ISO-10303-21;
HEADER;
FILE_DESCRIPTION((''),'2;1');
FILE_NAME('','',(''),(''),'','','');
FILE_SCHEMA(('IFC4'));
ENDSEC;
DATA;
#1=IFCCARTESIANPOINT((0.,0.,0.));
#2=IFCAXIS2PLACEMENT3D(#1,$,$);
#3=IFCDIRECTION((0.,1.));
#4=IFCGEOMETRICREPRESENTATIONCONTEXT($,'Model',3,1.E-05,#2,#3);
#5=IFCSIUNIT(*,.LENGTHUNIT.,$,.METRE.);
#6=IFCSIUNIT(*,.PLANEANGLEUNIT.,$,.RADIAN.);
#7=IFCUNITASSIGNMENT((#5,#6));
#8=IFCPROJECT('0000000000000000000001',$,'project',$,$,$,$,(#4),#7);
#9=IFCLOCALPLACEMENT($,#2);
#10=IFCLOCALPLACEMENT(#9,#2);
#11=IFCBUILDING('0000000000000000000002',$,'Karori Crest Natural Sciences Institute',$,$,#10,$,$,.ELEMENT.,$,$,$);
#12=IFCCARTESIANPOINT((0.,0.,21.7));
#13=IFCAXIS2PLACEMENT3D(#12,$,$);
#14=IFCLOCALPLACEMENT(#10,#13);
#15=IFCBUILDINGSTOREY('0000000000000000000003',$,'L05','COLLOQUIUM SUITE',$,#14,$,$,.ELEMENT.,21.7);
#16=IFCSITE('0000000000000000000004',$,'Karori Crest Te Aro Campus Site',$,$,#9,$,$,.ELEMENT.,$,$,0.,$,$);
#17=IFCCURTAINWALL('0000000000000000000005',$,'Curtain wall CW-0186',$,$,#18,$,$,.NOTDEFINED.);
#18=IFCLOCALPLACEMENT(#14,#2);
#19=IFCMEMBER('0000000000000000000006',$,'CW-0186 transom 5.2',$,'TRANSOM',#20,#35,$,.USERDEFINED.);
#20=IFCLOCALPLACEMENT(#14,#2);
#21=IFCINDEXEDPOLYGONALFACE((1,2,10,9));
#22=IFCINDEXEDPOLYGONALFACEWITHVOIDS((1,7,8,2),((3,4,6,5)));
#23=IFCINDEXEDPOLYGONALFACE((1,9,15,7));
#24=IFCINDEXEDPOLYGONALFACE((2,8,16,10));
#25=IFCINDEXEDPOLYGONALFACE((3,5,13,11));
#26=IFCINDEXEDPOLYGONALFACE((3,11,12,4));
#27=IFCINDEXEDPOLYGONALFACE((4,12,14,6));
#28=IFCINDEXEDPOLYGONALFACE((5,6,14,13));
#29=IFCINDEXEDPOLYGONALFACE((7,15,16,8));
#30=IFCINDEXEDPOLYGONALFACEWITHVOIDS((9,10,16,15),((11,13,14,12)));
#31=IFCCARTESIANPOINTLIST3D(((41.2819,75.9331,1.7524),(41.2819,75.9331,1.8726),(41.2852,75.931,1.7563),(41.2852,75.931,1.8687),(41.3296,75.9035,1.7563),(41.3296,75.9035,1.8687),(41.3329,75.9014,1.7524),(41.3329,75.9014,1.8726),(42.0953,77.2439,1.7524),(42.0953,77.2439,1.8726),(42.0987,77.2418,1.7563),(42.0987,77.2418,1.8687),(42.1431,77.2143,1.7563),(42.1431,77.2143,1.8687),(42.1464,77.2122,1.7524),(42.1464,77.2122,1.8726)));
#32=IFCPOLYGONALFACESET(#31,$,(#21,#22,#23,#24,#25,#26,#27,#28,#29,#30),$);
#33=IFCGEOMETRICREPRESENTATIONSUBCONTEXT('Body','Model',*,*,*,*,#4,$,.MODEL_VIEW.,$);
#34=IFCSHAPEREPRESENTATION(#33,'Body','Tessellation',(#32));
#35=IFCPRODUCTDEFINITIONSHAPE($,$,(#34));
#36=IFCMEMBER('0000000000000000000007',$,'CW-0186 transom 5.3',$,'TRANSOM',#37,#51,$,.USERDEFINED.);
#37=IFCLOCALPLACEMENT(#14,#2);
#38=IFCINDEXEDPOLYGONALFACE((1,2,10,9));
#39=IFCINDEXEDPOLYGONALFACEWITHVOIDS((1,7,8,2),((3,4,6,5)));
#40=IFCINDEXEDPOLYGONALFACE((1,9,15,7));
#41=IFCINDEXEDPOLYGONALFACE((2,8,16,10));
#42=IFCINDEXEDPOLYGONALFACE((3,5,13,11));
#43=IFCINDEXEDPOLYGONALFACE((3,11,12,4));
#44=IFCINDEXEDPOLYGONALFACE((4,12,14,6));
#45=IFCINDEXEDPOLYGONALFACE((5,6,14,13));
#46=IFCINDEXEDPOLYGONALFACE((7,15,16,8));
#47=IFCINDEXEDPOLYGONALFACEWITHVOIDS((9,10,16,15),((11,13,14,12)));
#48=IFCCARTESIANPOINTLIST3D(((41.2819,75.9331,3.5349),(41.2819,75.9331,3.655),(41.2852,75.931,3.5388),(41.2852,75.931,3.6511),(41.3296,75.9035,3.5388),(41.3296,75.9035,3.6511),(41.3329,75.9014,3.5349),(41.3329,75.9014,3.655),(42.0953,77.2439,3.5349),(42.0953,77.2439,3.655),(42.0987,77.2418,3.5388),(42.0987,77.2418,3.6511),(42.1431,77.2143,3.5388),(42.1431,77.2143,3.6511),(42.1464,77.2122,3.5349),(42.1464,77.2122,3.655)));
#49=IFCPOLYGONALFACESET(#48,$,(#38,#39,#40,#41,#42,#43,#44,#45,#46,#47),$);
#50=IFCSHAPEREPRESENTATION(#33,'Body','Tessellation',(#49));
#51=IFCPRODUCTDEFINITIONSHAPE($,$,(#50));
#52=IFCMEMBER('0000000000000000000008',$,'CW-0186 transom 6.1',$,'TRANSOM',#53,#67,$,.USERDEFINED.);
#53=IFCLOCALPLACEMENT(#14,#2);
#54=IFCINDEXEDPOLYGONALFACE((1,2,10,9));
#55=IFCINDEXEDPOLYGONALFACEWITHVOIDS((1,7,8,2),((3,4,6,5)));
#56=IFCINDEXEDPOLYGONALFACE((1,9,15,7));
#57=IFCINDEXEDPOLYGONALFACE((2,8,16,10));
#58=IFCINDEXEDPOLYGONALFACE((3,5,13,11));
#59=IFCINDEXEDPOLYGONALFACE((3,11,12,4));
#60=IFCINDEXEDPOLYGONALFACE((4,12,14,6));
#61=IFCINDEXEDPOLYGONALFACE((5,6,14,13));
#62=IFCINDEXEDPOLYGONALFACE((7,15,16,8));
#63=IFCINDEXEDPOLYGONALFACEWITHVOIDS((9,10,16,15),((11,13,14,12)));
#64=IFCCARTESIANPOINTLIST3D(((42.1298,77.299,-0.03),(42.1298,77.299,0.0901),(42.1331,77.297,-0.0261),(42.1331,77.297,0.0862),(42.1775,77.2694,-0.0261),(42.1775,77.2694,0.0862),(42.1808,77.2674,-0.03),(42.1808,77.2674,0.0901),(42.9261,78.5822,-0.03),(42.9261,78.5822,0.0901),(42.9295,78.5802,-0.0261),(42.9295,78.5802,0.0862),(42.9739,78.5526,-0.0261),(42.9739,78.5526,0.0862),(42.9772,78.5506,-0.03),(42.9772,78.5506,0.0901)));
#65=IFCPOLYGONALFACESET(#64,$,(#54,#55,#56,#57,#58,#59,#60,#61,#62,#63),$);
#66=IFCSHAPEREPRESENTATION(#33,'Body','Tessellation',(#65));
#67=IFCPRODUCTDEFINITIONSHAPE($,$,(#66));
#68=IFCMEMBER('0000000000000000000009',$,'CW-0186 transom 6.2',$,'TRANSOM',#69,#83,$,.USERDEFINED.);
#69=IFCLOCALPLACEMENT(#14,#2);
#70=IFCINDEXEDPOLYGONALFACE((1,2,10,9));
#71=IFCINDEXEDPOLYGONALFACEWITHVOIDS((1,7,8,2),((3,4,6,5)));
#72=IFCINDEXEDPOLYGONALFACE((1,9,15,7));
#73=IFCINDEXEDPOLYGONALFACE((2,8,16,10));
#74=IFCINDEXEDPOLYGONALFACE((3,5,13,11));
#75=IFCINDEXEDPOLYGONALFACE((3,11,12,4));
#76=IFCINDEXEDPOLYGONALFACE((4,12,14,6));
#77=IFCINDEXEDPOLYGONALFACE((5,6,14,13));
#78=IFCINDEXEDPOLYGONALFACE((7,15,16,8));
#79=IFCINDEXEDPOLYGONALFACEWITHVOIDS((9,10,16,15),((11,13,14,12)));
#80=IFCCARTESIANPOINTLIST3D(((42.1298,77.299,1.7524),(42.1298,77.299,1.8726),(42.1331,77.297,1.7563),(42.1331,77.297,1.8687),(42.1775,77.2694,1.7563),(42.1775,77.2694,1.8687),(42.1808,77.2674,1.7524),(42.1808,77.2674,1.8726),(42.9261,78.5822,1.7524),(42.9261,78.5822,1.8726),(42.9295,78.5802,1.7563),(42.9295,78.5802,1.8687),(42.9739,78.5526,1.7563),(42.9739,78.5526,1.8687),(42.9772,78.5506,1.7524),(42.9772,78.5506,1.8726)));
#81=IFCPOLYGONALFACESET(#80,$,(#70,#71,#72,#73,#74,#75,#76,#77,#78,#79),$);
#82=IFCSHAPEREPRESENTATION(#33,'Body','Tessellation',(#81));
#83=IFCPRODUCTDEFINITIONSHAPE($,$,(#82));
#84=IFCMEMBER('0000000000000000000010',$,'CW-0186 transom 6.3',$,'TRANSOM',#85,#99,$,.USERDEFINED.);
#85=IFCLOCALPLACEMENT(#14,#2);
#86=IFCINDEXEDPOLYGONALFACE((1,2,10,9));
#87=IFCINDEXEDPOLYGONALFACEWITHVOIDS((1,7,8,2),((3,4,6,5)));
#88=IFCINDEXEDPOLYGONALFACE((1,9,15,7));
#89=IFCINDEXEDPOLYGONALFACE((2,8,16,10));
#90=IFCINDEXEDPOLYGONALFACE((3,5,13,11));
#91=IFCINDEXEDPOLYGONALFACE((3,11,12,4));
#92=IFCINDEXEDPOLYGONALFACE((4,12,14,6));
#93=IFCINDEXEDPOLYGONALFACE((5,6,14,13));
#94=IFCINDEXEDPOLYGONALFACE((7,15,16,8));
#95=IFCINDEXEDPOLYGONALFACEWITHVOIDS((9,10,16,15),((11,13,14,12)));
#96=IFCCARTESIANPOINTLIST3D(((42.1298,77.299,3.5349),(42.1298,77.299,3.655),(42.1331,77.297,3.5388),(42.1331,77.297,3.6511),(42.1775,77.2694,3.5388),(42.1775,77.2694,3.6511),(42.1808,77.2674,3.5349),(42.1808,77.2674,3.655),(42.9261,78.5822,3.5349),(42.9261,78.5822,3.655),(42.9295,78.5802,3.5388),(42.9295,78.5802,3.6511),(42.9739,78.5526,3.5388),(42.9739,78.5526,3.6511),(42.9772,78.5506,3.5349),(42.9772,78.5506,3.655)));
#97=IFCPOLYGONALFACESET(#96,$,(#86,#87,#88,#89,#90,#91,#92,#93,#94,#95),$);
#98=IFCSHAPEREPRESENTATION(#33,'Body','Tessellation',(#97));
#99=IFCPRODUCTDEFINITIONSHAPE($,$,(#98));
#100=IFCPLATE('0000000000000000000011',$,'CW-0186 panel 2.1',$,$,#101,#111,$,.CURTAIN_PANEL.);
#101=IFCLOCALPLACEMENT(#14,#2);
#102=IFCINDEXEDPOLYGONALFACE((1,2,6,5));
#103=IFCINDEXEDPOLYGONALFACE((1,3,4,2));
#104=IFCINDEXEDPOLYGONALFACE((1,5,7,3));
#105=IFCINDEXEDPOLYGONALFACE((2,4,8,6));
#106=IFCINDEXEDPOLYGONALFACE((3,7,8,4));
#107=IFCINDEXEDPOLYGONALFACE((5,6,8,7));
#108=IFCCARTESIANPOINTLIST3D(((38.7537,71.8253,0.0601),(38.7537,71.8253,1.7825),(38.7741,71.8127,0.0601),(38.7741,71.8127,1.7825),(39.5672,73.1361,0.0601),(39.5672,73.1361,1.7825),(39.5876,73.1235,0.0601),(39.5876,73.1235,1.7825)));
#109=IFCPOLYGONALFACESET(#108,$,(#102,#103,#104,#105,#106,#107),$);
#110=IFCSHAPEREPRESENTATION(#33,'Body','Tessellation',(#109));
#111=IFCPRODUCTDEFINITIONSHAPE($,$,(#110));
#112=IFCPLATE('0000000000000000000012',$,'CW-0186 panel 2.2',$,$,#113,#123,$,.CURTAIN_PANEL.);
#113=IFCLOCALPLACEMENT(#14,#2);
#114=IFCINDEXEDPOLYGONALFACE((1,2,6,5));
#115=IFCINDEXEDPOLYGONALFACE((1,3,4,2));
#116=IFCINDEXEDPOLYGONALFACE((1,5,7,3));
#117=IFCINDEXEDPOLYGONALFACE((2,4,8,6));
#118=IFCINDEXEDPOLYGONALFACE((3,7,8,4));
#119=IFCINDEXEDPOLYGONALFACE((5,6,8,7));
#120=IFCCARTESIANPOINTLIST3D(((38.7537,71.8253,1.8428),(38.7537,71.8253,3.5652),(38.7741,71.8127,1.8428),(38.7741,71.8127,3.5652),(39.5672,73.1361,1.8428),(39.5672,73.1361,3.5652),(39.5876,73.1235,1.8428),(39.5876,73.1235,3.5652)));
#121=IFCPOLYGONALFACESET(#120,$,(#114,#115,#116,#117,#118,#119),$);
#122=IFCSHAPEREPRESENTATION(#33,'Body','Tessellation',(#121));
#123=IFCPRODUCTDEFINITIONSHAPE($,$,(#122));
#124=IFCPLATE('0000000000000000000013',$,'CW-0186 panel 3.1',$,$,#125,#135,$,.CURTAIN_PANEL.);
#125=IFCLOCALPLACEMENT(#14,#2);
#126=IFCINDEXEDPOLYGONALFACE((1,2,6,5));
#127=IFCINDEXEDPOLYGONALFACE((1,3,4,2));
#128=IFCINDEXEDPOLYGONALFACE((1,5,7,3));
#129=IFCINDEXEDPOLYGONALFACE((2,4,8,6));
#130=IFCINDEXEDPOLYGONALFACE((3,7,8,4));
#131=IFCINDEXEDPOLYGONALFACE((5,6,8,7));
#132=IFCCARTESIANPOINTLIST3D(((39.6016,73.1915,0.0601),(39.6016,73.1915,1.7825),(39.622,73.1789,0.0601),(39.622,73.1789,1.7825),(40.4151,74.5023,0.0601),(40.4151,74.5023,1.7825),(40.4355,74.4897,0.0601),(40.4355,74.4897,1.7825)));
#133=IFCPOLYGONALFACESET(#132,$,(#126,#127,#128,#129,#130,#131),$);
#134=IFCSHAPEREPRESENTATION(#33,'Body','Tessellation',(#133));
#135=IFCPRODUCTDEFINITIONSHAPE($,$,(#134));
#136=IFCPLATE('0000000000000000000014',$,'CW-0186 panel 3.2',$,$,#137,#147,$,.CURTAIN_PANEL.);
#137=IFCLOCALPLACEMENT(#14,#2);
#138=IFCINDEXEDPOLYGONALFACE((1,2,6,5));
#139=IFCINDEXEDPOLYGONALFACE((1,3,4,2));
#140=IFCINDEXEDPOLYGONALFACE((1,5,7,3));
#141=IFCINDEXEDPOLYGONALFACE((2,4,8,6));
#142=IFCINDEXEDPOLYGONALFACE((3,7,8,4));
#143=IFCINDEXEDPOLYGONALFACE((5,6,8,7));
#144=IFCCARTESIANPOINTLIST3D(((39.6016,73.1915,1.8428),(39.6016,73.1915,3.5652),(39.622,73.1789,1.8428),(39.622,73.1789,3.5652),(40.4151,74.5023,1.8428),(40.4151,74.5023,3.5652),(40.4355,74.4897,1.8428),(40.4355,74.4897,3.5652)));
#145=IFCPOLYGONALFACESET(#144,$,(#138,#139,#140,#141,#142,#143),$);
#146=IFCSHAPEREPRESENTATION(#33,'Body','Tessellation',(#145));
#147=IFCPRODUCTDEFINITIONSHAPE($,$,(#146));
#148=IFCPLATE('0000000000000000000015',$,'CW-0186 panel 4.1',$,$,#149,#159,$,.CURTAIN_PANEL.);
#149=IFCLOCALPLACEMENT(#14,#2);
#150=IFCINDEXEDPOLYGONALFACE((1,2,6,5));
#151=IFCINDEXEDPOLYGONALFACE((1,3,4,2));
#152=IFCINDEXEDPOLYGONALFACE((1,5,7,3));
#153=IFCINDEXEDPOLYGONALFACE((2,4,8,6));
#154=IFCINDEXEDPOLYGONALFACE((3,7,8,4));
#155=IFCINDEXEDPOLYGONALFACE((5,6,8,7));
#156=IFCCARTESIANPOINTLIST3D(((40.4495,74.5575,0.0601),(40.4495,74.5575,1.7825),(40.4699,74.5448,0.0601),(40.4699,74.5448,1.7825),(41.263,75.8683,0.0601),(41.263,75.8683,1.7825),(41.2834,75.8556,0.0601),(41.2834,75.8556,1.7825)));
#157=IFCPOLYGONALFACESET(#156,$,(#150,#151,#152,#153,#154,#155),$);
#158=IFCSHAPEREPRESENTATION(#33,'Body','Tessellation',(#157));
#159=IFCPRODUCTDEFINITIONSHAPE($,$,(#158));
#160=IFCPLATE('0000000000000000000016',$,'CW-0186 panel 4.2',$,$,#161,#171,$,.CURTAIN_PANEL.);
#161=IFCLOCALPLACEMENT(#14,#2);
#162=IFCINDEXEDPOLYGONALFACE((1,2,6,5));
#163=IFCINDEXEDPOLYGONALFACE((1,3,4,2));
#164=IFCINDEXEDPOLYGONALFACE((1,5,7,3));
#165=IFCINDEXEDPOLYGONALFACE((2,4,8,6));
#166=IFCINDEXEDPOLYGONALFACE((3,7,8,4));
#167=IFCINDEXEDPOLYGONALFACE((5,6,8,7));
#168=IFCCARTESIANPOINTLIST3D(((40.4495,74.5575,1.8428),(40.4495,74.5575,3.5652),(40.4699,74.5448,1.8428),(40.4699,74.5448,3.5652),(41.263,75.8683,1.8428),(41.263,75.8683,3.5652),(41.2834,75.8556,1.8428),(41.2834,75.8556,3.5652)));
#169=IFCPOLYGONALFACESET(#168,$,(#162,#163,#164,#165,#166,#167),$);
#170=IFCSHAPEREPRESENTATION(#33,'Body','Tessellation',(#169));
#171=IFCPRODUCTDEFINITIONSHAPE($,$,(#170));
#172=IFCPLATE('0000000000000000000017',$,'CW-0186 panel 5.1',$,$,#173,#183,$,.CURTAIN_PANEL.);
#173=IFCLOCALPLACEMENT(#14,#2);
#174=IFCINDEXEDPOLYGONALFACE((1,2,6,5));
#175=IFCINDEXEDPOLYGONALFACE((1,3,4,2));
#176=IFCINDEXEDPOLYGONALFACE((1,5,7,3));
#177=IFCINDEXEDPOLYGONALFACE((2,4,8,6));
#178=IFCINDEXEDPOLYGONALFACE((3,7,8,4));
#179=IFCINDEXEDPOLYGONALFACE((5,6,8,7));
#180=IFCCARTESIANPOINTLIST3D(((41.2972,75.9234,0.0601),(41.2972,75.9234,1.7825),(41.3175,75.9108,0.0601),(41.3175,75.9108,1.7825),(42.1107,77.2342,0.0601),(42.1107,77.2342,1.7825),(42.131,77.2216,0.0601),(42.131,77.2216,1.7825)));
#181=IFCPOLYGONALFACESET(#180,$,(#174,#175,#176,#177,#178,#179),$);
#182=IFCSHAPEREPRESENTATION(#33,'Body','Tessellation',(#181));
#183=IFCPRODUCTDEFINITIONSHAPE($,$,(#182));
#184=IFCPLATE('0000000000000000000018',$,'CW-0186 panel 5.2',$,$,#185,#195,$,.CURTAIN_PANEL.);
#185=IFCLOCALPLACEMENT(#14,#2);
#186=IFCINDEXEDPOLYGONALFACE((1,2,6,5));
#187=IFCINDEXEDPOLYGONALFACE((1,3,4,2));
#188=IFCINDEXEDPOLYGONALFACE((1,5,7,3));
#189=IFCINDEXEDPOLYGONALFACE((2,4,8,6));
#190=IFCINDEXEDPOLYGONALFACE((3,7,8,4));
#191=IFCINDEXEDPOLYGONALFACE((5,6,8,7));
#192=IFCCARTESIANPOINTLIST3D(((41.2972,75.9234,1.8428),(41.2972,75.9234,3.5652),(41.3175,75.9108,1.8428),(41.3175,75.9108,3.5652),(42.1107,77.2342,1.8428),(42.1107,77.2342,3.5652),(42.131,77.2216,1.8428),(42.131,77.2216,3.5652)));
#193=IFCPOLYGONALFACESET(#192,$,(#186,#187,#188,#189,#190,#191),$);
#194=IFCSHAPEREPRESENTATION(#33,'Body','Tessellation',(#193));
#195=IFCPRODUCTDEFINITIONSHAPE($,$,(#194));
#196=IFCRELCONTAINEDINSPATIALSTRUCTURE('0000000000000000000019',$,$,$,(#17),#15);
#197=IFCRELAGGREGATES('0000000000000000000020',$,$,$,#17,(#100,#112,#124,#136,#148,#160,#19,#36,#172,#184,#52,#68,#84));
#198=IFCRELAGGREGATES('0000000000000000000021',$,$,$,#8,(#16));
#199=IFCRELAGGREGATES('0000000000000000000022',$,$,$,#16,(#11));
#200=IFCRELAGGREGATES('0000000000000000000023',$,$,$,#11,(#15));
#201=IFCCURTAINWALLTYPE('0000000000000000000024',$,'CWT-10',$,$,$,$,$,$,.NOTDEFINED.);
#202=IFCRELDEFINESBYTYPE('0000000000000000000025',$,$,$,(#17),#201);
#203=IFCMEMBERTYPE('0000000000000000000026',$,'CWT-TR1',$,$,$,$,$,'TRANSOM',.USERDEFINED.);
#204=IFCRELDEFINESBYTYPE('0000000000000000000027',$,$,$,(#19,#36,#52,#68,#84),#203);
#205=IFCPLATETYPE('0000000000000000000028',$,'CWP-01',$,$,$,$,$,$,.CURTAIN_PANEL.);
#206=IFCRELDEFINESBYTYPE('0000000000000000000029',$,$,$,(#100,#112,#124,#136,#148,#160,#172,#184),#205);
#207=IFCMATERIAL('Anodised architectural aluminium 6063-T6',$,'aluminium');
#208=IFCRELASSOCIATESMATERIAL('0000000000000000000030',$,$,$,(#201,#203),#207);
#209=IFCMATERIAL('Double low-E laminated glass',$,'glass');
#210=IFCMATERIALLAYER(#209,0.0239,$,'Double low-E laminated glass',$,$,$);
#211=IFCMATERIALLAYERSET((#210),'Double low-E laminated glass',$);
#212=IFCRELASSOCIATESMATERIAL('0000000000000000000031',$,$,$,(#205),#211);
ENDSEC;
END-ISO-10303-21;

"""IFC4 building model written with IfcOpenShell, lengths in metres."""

from ifc_helpers import new_model, si_unit, direction, frame, origin, origin_2d, place, context, subcontext, project, spatial, rectangle, hollow_rectangle, extrude, material, layer, layer_set, material_profile, profile_set, type_object, element, aggregate, save


model = new_model("IFC4")

# Units and contexts
model_context = context("Model", 3, precision=1e-05, world=origin(), true_north=direction((0.0, 1.0)))
body_context = subcontext(model_context, "Body", "Model", "MODEL_VIEW")
ifc_project = project(units=[si_unit("LENGTHUNIT", "METRE"), si_unit("PLANEANGLEUNIT", "RADIAN")], contexts=[model_context])

# Site, building, storey
site_placement = place(None, origin())
site = spatial("IfcSite", under=ifc_project, at=site_placement, Name="Karori Crest Te Aro Campus Site", CompositionType="ELEMENT", RefElevation=0.0)
building_placement = place(site_placement, origin())
building = spatial("IfcBuilding", under=site, at=building_placement, Name="Karori Crest Natural Sciences Institute", CompositionType="ELEMENT")
storey_placement = place(building_placement, frame((0.0, 0.0, 21.7)))
storey = spatial("IfcBuildingStorey", under=building, at=storey_placement, Name="L05", Description="COLLOQUIUM SUITE", CompositionType="ELEMENT", Elevation=21.7)

# Curtain wall, members, plates
ifc_material_1 = material(Name="Anodised architectural aluminium 6063-T6", Category="aluminium")
curtain_wall_type = type_object("IfcCurtainWallType", Name="CWT-10", PredefinedType="NOTDEFINED", material=ifc_material_1)
curtain_wall_placement = place(storey_placement, origin())
curtain_wall = element("IfcCurtainWall", 1, at=curtain_wall_placement, inside=storey, type_object=curtain_wall_type, Name="Curtain wall CW-0186", PredefinedType="NOTDEFINED")
ifc_material_profile_1 = material_profile(ifc_material_1, hollow_rectangle(XDim=0.0601, YDim=0.1201, WallThickness=0.0039, at=origin_2d()), Name="CWT120x60x4")
ifc_profile_set_1 = profile_set([ifc_material_profile_1], Name="Anodised architectural aluminium 6063-T6")
member_type_1 = type_object("IfcMemberType", Name="CWT-TR1", ElementType="TRANSOM", PredefinedType="USERDEFINED", material=ifc_profile_set_1)
member_1_placement = place(storey_placement, frame((41.3074, 75.9172, 1.8125), z_axis=(0.527308, 0.849674, 0.0), x_axis=(-0.849674, 0.527308, 0.0)))
member_1 = element("IfcMember", 2, at=member_1_placement, type_object=member_type_1, Name="CW-0186 transom 5.2", ObjectType="TRANSOM", PredefinedType="USERDEFINED", context=body_context, shape_type="SweptSolid", body=[
    extrude(hollow_rectangle(XDim=0.0601, YDim=0.1201, WallThickness=0.0039, at=origin_2d()), origin(), (0.0, 0.0, 1.0), 1.5427),
])
member_2_placement = place(storey_placement, frame((41.3074, 75.9172, 3.595), z_axis=(0.527308, 0.849674, 0.0), x_axis=(-0.849674, 0.527308, 0.0)))
member_2 = element("IfcMember", 3, at=member_2_placement, type_object=member_type_1, Name="CW-0186 transom 5.3", ObjectType="TRANSOM", PredefinedType="USERDEFINED", context=body_context, shape_type="SweptSolid", body=[
    extrude(hollow_rectangle(XDim=0.0601, YDim=0.1201, WallThickness=0.0039, at=origin_2d()), origin(), (0.0, 0.0, 1.0), 1.5427),
])
member_3_placement = place(storey_placement, frame((42.1553, 77.2832, 0.03), z_axis=(0.527323, 0.849665, 0.0), x_axis=(-0.849665, 0.527323, 0.0)))
member_3 = element("IfcMember", 4, at=member_3_placement, type_object=member_type_1, Name="CW-0186 transom 6.1", ObjectType="TRANSOM", PredefinedType="USERDEFINED", context=body_context, shape_type="SweptSolid", body=[
    extrude(hollow_rectangle(XDim=0.0601, YDim=0.1201, WallThickness=0.0039, at=origin_2d()), origin(), (0.0, 0.0, 1.0), 1.5103),
])
member_4_placement = place(storey_placement, frame((42.1553, 77.2832, 1.8125), z_axis=(0.527323, 0.849665, 0.0), x_axis=(-0.849665, 0.527323, 0.0)))
member_4 = element("IfcMember", 5, at=member_4_placement, type_object=member_type_1, Name="CW-0186 transom 6.2", ObjectType="TRANSOM", PredefinedType="USERDEFINED", context=body_context, shape_type="SweptSolid", body=[
    extrude(hollow_rectangle(XDim=0.0601, YDim=0.1201, WallThickness=0.0039, at=origin_2d()), origin(), (0.0, 0.0, 1.0), 1.5103),
])
member_5_placement = place(storey_placement, frame((42.1553, 77.2832, 3.595), z_axis=(0.527323, 0.849665, 0.0), x_axis=(-0.849665, 0.527323, 0.0)))
member_5 = element("IfcMember", 6, at=member_5_placement, type_object=member_type_1, Name="CW-0186 transom 6.3", ObjectType="TRANSOM", PredefinedType="USERDEFINED", context=body_context, shape_type="SweptSolid", body=[
    extrude(hollow_rectangle(XDim=0.0601, YDim=0.1201, WallThickness=0.0039, at=origin_2d()), origin(), (0.0, 0.0, 1.0), 1.5103),
])
ifc_material_2 = material(Name="Double low-E laminated glass", Category="glass")
ifc_layer_1 = layer(ifc_material_2, 0.0239, Name="Double low-E laminated glass")
ifc_layer_set_1 = layer_set([ifc_layer_1], Name="Double low-E laminated glass")
plate_type = type_object("IfcPlateType", Name="CWP-01", PredefinedType="CURTAIN_PANEL", material=ifc_layer_set_1)
plate_1_placement = place(storey_placement, frame((39.1707, 72.4744, 0.0601), z_axis=(0.0, 0.0, 1.0), x_axis=(0.527324, 0.849664, 0.0)))
plate_1 = element("IfcPlate", 7, at=plate_1_placement, type_object=plate_type, Name="CW-0186 panel 2.1", PredefinedType="CURTAIN_PANEL", context=body_context, shape_type="SweptSolid", body=[
    extrude(rectangle(XDim=1.5427, YDim=0.0239, at=origin_2d()), origin(), (0.0, 0.0, 1.0), 1.7224),
])
plate_2_placement = place(storey_placement, frame((39.1707, 72.4744, 1.8428), z_axis=(0.0, 0.0, 1.0), x_axis=(0.527324, 0.849664, 0.0)))
plate_2 = element("IfcPlate", 8, at=plate_2_placement, type_object=plate_type, Name="CW-0186 panel 2.2", PredefinedType="CURTAIN_PANEL", context=body_context, shape_type="SweptSolid", body=[
    extrude(rectangle(XDim=1.5427, YDim=0.0239, at=origin_2d()), origin(), (0.0, 0.0, 1.0), 1.7224),
])
plate_3_placement = place(storey_placement, frame((40.0186, 73.8406, 0.0601), z_axis=(0.0, 0.0, 1.0), x_axis=(0.527324, 0.849664, 0.0)))
plate_3 = element("IfcPlate", 9, at=plate_3_placement, type_object=plate_type, Name="CW-0186 panel 3.1", PredefinedType="CURTAIN_PANEL", context=body_context, shape_type="SweptSolid", body=[
    extrude(rectangle(XDim=1.5427, YDim=0.0239, at=origin_2d()), origin(), (0.0, 0.0, 1.0), 1.7224),
])
plate_4_placement = place(storey_placement, frame((40.0186, 73.8406, 1.8428), z_axis=(0.0, 0.0, 1.0), x_axis=(0.527324, 0.849664, 0.0)))
plate_4 = element("IfcPlate", 10, at=plate_4_placement, type_object=plate_type, Name="CW-0186 panel 3.2", PredefinedType="CURTAIN_PANEL", context=body_context, shape_type="SweptSolid", body=[
    extrude(rectangle(XDim=1.5427, YDim=0.0239, at=origin_2d()), origin(), (0.0, 0.0, 1.0), 1.7224),
])
plate_5_placement = place(storey_placement, frame((40.8665, 75.2065, 0.0601), z_axis=(0.0, 0.0, 1.0), x_axis=(0.527324, 0.849664, 0.0)))
plate_5 = element("IfcPlate", 11, at=plate_5_placement, type_object=plate_type, Name="CW-0186 panel 4.1", PredefinedType="CURTAIN_PANEL", context=body_context, shape_type="SweptSolid", body=[
    extrude(rectangle(XDim=1.5427, YDim=0.0239, at=origin_2d()), origin(), (0.0, 0.0, 1.0), 1.7224),
])
plate_6_placement = place(storey_placement, frame((40.8665, 75.2065, 1.8428), z_axis=(0.0, 0.0, 1.0), x_axis=(0.527324, 0.849664, 0.0)))
plate_6 = element("IfcPlate", 12, at=plate_6_placement, type_object=plate_type, Name="CW-0186 panel 4.2", PredefinedType="CURTAIN_PANEL", context=body_context, shape_type="SweptSolid", body=[
    extrude(rectangle(XDim=1.5427, YDim=0.0239, at=origin_2d()), origin(), (0.0, 0.0, 1.0), 1.7224),
])
plate_7_placement = place(storey_placement, frame((41.7141, 76.5725, 0.0601), z_axis=(0.0, 0.0, 1.0), x_axis=(0.527324, 0.849664, 0.0)))
plate_7 = element("IfcPlate", 13, at=plate_7_placement, type_object=plate_type, Name="CW-0186 panel 5.1", PredefinedType="CURTAIN_PANEL", context=body_context, shape_type="SweptSolid", body=[
    extrude(rectangle(XDim=1.5427, YDim=0.0239, at=origin_2d()), origin(), (0.0, 0.0, 1.0), 1.7224),
])
plate_8_placement = place(storey_placement, frame((41.7141, 76.5725, 1.8428), z_axis=(0.0, 0.0, 1.0), x_axis=(0.527324, 0.849664, 0.0)))
plate_8 = element("IfcPlate", 14, at=plate_8_placement, type_object=plate_type, Name="CW-0186 panel 5.2", PredefinedType="CURTAIN_PANEL", context=body_context, shape_type="SweptSolid", body=[
    extrude(rectangle(XDim=1.5427, YDim=0.0239, at=origin_2d()), origin(), (0.0, 0.0, 1.0), 1.7224),
])
aggregate(curtain_wall, [plate_1, plate_2, plate_3, plate_4, plate_5, plate_6, member_1, member_2, plate_7, plate_8, member_3, member_4, member_5])

save(model, "model.ifc")
